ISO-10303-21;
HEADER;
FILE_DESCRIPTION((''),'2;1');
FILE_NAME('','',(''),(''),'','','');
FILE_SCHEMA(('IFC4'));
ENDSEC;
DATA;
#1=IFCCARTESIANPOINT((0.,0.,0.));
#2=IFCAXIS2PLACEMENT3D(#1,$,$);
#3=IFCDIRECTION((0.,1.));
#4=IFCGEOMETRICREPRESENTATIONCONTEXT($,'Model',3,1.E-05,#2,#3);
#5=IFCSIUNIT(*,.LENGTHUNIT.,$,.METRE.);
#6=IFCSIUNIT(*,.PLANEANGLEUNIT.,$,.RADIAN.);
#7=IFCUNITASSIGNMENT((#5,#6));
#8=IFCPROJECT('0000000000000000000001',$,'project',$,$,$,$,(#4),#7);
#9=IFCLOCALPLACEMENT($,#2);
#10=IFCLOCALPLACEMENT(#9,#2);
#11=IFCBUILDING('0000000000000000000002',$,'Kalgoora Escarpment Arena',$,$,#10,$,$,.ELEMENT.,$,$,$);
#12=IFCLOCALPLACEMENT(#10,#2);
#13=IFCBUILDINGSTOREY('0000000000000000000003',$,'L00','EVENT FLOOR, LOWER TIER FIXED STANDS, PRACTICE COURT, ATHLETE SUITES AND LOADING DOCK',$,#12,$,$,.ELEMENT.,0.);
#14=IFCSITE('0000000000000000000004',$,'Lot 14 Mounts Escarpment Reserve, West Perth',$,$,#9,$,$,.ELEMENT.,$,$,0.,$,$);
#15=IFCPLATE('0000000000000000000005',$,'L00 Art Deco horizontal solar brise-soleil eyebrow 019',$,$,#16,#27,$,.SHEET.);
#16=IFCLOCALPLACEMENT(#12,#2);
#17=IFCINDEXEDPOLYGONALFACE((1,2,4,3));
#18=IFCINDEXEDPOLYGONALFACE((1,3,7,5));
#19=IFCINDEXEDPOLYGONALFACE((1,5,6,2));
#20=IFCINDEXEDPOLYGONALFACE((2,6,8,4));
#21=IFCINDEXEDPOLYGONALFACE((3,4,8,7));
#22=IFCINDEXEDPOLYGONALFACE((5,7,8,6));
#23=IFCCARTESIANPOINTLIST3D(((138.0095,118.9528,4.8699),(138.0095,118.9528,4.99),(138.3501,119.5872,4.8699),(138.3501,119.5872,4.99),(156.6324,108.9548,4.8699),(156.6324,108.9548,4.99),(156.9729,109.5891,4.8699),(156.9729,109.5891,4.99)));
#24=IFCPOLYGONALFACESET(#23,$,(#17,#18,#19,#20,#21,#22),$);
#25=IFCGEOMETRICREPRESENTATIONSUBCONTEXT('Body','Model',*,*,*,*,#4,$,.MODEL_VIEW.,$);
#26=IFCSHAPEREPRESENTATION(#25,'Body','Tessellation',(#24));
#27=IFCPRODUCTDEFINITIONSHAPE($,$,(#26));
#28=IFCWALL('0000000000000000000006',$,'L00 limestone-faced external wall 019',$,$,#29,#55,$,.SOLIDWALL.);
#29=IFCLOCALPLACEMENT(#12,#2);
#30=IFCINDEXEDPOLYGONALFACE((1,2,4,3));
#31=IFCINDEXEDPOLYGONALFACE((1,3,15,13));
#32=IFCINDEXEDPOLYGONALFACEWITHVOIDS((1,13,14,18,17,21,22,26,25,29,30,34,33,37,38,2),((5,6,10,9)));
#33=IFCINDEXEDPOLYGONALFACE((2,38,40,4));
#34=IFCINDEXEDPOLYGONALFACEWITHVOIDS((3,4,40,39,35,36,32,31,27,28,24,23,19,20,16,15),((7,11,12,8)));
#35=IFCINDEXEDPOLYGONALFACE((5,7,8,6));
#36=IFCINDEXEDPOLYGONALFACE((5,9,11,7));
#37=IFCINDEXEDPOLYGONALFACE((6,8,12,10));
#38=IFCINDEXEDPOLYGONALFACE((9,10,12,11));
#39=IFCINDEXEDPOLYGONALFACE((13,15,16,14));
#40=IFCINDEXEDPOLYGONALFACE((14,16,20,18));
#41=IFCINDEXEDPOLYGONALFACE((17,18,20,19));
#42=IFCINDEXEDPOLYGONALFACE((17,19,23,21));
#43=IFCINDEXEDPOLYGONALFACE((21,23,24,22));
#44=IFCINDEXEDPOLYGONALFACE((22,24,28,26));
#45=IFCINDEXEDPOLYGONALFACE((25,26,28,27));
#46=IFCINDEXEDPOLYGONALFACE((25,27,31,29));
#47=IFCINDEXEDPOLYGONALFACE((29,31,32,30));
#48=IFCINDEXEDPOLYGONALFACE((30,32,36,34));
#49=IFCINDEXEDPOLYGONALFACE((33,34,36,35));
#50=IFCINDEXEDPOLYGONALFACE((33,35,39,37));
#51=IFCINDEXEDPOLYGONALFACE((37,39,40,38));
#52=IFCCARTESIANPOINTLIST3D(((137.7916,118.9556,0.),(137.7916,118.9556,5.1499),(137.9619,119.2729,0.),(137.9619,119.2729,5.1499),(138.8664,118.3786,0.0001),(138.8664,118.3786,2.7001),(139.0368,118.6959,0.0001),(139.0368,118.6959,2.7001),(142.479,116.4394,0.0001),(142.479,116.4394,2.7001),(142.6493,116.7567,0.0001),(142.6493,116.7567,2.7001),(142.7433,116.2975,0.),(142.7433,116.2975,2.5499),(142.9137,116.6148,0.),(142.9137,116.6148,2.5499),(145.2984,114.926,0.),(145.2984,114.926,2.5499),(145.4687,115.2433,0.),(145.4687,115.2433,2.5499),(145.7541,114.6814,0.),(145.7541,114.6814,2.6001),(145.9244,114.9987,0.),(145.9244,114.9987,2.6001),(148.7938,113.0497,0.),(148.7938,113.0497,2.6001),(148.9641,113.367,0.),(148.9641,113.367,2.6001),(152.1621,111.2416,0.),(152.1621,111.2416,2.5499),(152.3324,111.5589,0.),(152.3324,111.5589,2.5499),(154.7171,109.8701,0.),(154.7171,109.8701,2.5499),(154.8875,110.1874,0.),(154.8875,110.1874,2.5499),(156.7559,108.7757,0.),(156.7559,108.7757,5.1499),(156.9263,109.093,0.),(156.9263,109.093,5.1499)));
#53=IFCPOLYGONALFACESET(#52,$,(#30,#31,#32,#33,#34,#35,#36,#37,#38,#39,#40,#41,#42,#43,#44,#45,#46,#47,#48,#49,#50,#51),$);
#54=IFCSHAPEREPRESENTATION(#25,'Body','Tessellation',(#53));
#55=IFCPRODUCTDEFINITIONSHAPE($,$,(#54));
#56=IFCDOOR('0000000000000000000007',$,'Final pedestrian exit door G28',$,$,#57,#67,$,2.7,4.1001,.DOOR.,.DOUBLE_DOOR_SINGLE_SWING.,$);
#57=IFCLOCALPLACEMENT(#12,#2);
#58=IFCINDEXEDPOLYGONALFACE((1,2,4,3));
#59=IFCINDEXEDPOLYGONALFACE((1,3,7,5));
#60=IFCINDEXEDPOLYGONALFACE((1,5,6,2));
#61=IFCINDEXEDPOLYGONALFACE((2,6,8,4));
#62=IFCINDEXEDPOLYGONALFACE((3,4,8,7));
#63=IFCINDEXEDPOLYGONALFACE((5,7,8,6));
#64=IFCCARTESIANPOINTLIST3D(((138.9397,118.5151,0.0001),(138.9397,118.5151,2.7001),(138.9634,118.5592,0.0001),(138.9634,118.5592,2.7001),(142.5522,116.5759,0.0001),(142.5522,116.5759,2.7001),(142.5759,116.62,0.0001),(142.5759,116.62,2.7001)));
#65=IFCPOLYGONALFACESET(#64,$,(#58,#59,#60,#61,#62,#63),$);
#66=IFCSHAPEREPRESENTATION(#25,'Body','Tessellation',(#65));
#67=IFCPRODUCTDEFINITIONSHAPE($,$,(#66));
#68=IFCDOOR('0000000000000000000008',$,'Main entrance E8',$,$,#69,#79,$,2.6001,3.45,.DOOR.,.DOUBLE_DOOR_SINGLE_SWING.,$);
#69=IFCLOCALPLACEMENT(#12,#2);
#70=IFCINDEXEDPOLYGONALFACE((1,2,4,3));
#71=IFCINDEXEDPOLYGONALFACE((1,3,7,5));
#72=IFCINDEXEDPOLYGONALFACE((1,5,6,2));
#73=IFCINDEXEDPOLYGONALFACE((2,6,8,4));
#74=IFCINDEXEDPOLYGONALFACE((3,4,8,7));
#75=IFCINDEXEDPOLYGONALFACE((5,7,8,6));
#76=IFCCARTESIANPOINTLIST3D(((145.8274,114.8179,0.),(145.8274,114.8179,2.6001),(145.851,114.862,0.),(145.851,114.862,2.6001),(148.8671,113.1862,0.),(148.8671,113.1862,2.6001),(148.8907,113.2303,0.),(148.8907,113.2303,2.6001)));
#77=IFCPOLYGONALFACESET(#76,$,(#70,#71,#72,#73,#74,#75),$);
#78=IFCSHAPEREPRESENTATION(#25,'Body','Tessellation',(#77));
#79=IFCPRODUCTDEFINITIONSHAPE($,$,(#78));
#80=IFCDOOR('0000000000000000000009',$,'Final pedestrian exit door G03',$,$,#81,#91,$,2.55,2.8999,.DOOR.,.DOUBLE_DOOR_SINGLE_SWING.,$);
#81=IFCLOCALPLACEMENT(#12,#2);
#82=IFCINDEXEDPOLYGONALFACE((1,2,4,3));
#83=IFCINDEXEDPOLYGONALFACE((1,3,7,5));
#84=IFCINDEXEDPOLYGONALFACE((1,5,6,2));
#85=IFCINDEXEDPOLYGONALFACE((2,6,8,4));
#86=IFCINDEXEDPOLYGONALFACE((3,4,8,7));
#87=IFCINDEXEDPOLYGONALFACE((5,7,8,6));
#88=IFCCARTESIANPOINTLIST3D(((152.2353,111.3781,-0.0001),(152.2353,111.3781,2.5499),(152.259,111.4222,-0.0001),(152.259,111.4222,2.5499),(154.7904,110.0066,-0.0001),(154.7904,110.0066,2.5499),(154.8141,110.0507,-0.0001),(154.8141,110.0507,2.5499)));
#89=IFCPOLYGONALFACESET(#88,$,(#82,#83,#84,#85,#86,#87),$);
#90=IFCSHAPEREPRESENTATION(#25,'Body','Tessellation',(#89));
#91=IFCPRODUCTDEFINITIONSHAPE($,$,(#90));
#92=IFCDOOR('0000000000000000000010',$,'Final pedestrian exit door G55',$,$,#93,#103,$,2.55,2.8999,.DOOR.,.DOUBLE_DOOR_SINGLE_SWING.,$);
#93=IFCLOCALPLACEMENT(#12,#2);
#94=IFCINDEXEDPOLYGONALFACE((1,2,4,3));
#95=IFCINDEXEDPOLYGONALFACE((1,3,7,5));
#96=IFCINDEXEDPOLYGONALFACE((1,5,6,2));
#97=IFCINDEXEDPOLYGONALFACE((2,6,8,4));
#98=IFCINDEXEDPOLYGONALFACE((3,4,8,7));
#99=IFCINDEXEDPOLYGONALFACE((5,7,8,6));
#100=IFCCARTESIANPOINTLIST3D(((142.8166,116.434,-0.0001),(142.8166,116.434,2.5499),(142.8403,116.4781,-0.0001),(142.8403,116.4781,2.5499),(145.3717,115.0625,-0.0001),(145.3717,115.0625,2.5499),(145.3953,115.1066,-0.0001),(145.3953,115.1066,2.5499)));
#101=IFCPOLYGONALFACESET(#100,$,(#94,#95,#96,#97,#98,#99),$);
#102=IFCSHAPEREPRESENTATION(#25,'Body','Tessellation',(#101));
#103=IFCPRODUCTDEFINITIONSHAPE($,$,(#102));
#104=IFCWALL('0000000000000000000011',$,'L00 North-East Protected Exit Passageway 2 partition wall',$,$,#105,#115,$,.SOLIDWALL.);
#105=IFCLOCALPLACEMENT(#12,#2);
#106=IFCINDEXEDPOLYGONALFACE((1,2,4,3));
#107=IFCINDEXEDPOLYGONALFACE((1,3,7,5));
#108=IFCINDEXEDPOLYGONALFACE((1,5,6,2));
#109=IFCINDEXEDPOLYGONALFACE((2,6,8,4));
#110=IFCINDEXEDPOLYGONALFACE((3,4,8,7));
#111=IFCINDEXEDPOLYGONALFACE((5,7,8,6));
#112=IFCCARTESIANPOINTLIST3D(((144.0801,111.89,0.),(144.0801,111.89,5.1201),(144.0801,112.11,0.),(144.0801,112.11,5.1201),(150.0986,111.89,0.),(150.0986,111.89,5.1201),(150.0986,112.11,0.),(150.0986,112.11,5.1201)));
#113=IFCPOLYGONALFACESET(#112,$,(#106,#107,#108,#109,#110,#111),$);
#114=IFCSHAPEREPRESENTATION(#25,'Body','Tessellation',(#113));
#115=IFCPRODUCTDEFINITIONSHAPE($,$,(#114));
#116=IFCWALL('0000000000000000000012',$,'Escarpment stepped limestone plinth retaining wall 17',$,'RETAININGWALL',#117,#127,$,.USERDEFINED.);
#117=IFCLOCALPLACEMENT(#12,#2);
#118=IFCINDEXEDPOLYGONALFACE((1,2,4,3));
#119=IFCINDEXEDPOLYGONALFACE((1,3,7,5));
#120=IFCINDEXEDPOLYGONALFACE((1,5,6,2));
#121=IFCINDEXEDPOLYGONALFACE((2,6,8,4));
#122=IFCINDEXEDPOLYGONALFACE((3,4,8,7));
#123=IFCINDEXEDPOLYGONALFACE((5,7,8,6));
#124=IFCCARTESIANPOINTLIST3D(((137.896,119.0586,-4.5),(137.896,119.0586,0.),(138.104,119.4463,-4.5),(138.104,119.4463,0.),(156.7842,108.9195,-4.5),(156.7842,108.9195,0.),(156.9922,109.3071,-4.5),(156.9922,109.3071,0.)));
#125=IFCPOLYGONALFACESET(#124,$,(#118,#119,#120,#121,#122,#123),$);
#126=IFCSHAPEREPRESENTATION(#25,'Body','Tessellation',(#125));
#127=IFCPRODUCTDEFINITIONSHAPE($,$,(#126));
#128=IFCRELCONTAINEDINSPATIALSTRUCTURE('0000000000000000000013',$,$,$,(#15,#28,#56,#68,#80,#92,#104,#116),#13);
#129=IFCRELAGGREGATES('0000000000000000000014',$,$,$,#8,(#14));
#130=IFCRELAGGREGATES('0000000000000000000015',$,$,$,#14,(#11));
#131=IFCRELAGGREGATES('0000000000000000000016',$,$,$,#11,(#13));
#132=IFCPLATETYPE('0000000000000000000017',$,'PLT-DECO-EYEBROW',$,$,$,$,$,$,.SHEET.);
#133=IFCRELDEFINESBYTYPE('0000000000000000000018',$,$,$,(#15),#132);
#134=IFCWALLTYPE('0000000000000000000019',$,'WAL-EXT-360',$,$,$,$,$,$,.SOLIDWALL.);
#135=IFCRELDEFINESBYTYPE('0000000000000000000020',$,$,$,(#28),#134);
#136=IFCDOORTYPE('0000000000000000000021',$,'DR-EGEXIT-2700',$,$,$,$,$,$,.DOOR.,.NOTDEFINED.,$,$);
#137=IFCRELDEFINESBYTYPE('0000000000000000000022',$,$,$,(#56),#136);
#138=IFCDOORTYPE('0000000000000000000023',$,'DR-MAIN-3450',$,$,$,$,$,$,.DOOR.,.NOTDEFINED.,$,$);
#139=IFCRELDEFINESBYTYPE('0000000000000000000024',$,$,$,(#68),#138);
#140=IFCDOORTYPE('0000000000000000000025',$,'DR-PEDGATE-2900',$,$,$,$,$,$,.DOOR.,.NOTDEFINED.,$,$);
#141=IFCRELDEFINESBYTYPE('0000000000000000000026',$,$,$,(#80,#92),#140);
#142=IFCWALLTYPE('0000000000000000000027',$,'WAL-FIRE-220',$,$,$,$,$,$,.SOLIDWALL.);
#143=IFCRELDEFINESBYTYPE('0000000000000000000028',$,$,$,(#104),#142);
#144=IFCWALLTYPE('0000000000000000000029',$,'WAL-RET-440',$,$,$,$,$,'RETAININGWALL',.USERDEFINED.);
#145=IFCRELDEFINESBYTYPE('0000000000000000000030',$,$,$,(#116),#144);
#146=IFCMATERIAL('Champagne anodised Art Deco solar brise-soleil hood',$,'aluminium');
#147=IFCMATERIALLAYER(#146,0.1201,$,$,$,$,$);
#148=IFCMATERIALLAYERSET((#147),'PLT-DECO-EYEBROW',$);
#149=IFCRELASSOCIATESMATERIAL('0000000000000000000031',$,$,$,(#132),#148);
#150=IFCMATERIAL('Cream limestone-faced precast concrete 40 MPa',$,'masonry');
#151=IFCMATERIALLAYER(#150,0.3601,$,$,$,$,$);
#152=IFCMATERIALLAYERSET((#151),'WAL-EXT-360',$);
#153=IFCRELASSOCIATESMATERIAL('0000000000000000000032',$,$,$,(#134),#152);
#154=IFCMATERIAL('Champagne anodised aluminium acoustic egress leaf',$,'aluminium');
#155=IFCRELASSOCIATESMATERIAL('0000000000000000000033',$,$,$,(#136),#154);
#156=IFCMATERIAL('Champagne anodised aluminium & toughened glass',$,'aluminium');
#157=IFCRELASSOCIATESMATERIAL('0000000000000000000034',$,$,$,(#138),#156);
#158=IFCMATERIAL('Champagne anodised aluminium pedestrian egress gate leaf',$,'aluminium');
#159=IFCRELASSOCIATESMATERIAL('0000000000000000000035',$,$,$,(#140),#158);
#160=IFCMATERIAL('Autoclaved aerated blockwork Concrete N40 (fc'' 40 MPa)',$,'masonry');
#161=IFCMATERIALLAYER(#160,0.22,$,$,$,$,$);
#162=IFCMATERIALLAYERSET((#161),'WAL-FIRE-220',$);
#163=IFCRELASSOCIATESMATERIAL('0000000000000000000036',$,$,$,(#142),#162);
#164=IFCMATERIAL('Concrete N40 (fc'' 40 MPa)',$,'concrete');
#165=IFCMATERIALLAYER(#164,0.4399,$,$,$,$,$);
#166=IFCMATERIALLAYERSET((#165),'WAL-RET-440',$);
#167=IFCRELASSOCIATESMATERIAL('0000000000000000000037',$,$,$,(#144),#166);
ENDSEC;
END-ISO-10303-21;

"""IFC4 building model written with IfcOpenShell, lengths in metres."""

from ifc_helpers import new_model, si_unit, direction, frame, frame_2d, origin, origin_2d, place, context, subcontext, project, spatial, rectangle, extrude, material, layer, layer_set, type_object, element, fill, save


model = new_model("IFC4")

# Units and contexts
model_context = context("Model", 3, precision=1e-05, world=origin(), true_north=direction((0.0, 1.0)))
body_context = subcontext(model_context, "Body", "Model", "MODEL_VIEW")
ifc_project = project(units=[si_unit("LENGTHUNIT", "METRE"), si_unit("PLANEANGLEUNIT", "RADIAN")], contexts=[model_context])

# Site, building, storey
site_placement = place(None, origin())
site = spatial("IfcSite", under=ifc_project, at=site_placement, Name="Lot 14 Mounts Escarpment Reserve, West Perth", CompositionType="ELEMENT", RefElevation=0.0)
building_placement = place(site_placement, origin())
building = spatial("IfcBuilding", under=site, at=building_placement, Name="Kalgoora Escarpment Arena", CompositionType="ELEMENT")
storey_placement = place(building_placement, origin())
storey = spatial("IfcBuildingStorey", under=building, at=storey_placement, Name="L00", Description="EVENT FLOOR, LOWER TIER FIXED STANDS, PRACTICE COURT, ATHLETE SUITES AND LOADING DOCK", CompositionType="ELEMENT", Elevation=0.0)

# Plate
ifc_material_1 = material(Name="Champagne anodised Art Deco solar brise-soleil hood", Category="aluminium")
ifc_layer_1 = layer(ifc_material_1, 0.1201)
ifc_layer_set_1 = layer_set([ifc_layer_1], Name="PLT-DECO-EYEBROW")
plate_type = type_object("IfcPlateType", Name="PLT-DECO-EYEBROW", PredefinedType="SHEET", material=ifc_layer_set_1)
plate_placement = place(storey_placement, frame((147.4912, 114.271, 4.8699), z_axis=(0.0, 0.0, 1.0), x_axis=(0.881056, -0.473012, 0.0)))
element("IfcPlate", 1, at=plate_placement, inside=storey, type_object=plate_type, Name="L00 Art Deco horizontal solar brise-soleil eyebrow 019", PredefinedType="SHEET", context=body_context, shape_type="SweptSolid", body=[
    extrude(rectangle(XDim=21.137, YDim=0.72, at=origin_2d()), origin(), (0.0, 0.0, 1.0), 0.1201),
])

# Wall, openings, doors
ifc_material_2 = material(Name="Cream limestone-faced precast concrete 40 MPa", Category="masonry")
ifc_layer_2 = layer(ifc_material_2, 0.3601)
ifc_layer_set_2 = layer_set([ifc_layer_2], Name="WAL-EXT-360")
wall_type_1 = type_object("IfcWallType", Name="WAL-EXT-360", PredefinedType="SOLIDWALL", material=ifc_layer_set_2)
wall_1_placement = place(storey_placement, frame((137.8767, 119.1143, 0.0), z_axis=(0.0, 0.0, 1.0), x_axis=(0.881084, -0.47296, 0.0)))
wall_1 = element("IfcWall", 2, at=wall_1_placement, inside=storey, type_object=wall_type_1, Name="L00 limestone-faced external wall 019", PredefinedType="SOLIDWALL", context=body_context, shape_type="SweptSolid", body=[
    extrude(rectangle(XDim=21.5239, YDim=0.3601, at=frame_2d((10.762, 0.0))), origin(), (0.0, 0.0, 1.0), 5.1499),
])
opening_1_placement = place(wall_1_placement, frame((16.3101, 0.0, 0.0)))
opening_1 = element("IfcOpeningElement", 3, at=opening_1_placement, cuts=wall_1, PredefinedType="OPENING", context=body_context, shape_type="SweptSolid", body=[
    extrude(rectangle(XDim=2.8999, YDim=2.55, at=frame_2d((1.45, 1.2749))), frame((0.0, 0.1899, 0.0), z_axis=(0.0, -1.0, 0.0), x_axis=(1.0, 0.0, 0.0)), (0.0, 0.0, 1.0), 0.3801),
])
opening_2_placement = place(wall_1_placement, frame((9.0371, 0.0, 0.0)))
opening_2 = element("IfcOpeningElement", 4, at=opening_2_placement, cuts=wall_1, PredefinedType="OPENING", context=body_context, shape_type="SweptSolid", body=[
    extrude(rectangle(XDim=3.45, YDim=2.6001, at=frame_2d((1.7251, 1.3))), frame((0.0, 0.1899, 0.0), z_axis=(0.0, -1.0, 0.0), x_axis=(1.0, 0.0, 0.0)), (0.0, 0.0, 1.0), 0.3801),
])
opening_3_placement = place(wall_1_placement, frame((1.22, 0.0, 0.0)))
opening_3 = element("IfcOpeningElement", 5, at=opening_3_placement, cuts=wall_1, PredefinedType="OPENING", context=body_context, shape_type="SweptSolid", body=[
    extrude(rectangle(XDim=4.1001, YDim=2.7, at=frame_2d((2.05, 1.3501))), frame((0.0, 0.1899, 0.0), z_axis=(0.0, -1.0, 0.0), x_axis=(1.0, 0.0, 0.0)), (0.0, 0.0, 1.0), 0.3801),
])
opening_4_placement = place(wall_1_placement, frame((5.6201, 0.0, 0.0)))
opening_4 = element("IfcOpeningElement", 6, at=opening_4_placement, cuts=wall_1, PredefinedType="OPENING", context=body_context, shape_type="SweptSolid", body=[
    extrude(rectangle(XDim=2.8999, YDim=2.55, at=frame_2d((1.45, 1.2749))), frame((0.0, 0.1899, 0.0), z_axis=(0.0, -1.0, 0.0), x_axis=(1.0, 0.0, 0.0)), (0.0, 0.0, 1.0), 0.3801),
])
ifc_material_3 = material(Name="Champagne anodised aluminium acoustic egress leaf", Category="aluminium")
door_type_1 = type_object("IfcDoorType", Name="DR-EGEXIT-2700", OperationType="NOTDEFINED", PredefinedType="DOOR", material=ifc_material_3)
door_1_placement = place(opening_3_placement, origin())
door_1 = element("IfcDoor", 7, at=door_1_placement, inside=storey, type_object=door_type_1, Name="Final pedestrian exit door G28", OperationType="DOUBLE_DOOR_SINGLE_SWING", OverallHeight=2.7, OverallWidth=4.1001, PredefinedType="DOOR", context=body_context, shape_type="SweptSolid", body=[
    extrude(rectangle(XDim=4.1001, YDim=2.7, at=frame_2d((2.05, 1.3501))), frame((0.0, 0.0249, 0.0), z_axis=(0.0, -1.0, 0.0), x_axis=(1.0, 0.0, 0.0)), (0.0, 0.0, 1.0), 0.05),
])
fill(opening_3, door_1)
ifc_material_4 = material(Name="Champagne anodised aluminium & toughened glass", Category="aluminium")
door_type_2 = type_object("IfcDoorType", Name="DR-MAIN-3450", OperationType="NOTDEFINED", PredefinedType="DOOR", material=ifc_material_4)
door_2_placement = place(opening_2_placement, origin())
door_2 = element("IfcDoor", 8, at=door_2_placement, inside=storey, type_object=door_type_2, Name="Main entrance E8", OperationType="DOUBLE_DOOR_SINGLE_SWING", OverallHeight=2.6001, OverallWidth=3.45, PredefinedType="DOOR", context=body_context, shape_type="SweptSolid", body=[
    extrude(rectangle(XDim=3.45, YDim=2.6001, at=frame_2d((1.7251, 1.3))), frame((0.0, 0.0249, 0.0), z_axis=(0.0, -1.0, 0.0), x_axis=(1.0, 0.0, 0.0)), (0.0, 0.0, 1.0), 0.05),
])
fill(opening_2, door_2)
ifc_material_5 = material(Name="Champagne anodised aluminium pedestrian egress gate leaf", Category="aluminium")
door_type_3 = type_object("IfcDoorType", Name="DR-PEDGATE-2900", OperationType="NOTDEFINED", PredefinedType="DOOR", material=ifc_material_5)
door_3_placement = place(opening_1_placement, origin())
door_3 = element("IfcDoor", 9, at=door_3_placement, inside=storey, type_object=door_type_3, Name="Final pedestrian exit door G03", OperationType="DOUBLE_DOOR_SINGLE_SWING", OverallHeight=2.55, OverallWidth=2.8999, PredefinedType="DOOR", context=body_context, shape_type="SweptSolid", body=[
    extrude(rectangle(XDim=2.8999, YDim=2.55, at=frame_2d((1.45, 1.2749))), frame((0.0, 0.0249, 0.0), z_axis=(0.0, -1.0, 0.0), x_axis=(1.0, 0.0, 0.0)), (0.0, 0.0, 1.0), 0.05),
])
fill(opening_1, door_3)
door_4_placement = place(opening_4_placement, origin())
door_4 = element("IfcDoor", 10, at=door_4_placement, inside=storey, type_object=door_type_3, Name="Final pedestrian exit door G55", OperationType="DOUBLE_DOOR_SINGLE_SWING", OverallHeight=2.55, OverallWidth=2.8999, PredefinedType="DOOR", context=body_context, shape_type="SweptSolid", body=[
    extrude(rectangle(XDim=2.8999, YDim=2.55, at=frame_2d((1.45, 1.2749))), frame((0.0, 0.0249, 0.0), z_axis=(0.0, -1.0, 0.0), x_axis=(1.0, 0.0, 0.0)), (0.0, 0.0, 1.0), 0.05),
])
fill(opening_4, door_4)

# Walls
ifc_material_6 = material(Name="Autoclaved aerated blockwork Concrete N40 (fc' 40 MPa)", Category="masonry")
ifc_layer_3 = layer(ifc_material_6, 0.22)
ifc_layer_set_3 = layer_set([ifc_layer_3], Name="WAL-FIRE-220")
wall_type_2 = type_object("IfcWallType", Name="WAL-FIRE-220", PredefinedType="SOLIDWALL", material=ifc_layer_set_3)
wall_2_placement = place(storey_placement, frame((144.0801, 112.0, 0.0), z_axis=(0.0, 0.0, 1.0), x_axis=(1.0, 0.0, 0.0)))
element("IfcWall", 11, at=wall_2_placement, inside=storey, type_object=wall_type_2, Name="L00 North-East Protected Exit Passageway 2 partition wall", PredefinedType="SOLIDWALL", context=body_context, shape_type="SweptSolid", body=[
    extrude(rectangle(XDim=6.0186, YDim=0.22, at=frame_2d((3.0093, 0.0))), origin(), (0.0, 0.0, 1.0), 5.1201),
])
ifc_material_7 = material(Name="Concrete N40 (fc' 40 MPa)", Category="concrete")
ifc_layer_4 = layer(ifc_material_7, 0.4399)
ifc_layer_set_4 = layer_set([ifc_layer_4], Name="WAL-RET-440")
wall_type_3 = type_object("IfcWallType", Name="WAL-RET-440", ElementType="RETAININGWALL", PredefinedType="USERDEFINED", material=ifc_layer_set_4)
wall_3_placement = place(storey_placement, frame((138.0, 119.2524, -4.5), z_axis=(0.0, 0.0, 1.0), x_axis=(0.881082, -0.472964, 0.0)))
element("IfcWall", 12, at=wall_3_placement, inside=storey, type_object=wall_type_3, Name="Escarpment stepped limestone plinth retaining wall 17", ObjectType="RETAININGWALL", PredefinedType="USERDEFINED", context=body_context, shape_type="SweptSolid", body=[
    extrude(rectangle(XDim=21.4375, YDim=0.4399, at=frame_2d((10.7188, 0.0))), origin(), (0.0, 0.0, 1.0), 4.5),
])

save(model, "model.ifc")
